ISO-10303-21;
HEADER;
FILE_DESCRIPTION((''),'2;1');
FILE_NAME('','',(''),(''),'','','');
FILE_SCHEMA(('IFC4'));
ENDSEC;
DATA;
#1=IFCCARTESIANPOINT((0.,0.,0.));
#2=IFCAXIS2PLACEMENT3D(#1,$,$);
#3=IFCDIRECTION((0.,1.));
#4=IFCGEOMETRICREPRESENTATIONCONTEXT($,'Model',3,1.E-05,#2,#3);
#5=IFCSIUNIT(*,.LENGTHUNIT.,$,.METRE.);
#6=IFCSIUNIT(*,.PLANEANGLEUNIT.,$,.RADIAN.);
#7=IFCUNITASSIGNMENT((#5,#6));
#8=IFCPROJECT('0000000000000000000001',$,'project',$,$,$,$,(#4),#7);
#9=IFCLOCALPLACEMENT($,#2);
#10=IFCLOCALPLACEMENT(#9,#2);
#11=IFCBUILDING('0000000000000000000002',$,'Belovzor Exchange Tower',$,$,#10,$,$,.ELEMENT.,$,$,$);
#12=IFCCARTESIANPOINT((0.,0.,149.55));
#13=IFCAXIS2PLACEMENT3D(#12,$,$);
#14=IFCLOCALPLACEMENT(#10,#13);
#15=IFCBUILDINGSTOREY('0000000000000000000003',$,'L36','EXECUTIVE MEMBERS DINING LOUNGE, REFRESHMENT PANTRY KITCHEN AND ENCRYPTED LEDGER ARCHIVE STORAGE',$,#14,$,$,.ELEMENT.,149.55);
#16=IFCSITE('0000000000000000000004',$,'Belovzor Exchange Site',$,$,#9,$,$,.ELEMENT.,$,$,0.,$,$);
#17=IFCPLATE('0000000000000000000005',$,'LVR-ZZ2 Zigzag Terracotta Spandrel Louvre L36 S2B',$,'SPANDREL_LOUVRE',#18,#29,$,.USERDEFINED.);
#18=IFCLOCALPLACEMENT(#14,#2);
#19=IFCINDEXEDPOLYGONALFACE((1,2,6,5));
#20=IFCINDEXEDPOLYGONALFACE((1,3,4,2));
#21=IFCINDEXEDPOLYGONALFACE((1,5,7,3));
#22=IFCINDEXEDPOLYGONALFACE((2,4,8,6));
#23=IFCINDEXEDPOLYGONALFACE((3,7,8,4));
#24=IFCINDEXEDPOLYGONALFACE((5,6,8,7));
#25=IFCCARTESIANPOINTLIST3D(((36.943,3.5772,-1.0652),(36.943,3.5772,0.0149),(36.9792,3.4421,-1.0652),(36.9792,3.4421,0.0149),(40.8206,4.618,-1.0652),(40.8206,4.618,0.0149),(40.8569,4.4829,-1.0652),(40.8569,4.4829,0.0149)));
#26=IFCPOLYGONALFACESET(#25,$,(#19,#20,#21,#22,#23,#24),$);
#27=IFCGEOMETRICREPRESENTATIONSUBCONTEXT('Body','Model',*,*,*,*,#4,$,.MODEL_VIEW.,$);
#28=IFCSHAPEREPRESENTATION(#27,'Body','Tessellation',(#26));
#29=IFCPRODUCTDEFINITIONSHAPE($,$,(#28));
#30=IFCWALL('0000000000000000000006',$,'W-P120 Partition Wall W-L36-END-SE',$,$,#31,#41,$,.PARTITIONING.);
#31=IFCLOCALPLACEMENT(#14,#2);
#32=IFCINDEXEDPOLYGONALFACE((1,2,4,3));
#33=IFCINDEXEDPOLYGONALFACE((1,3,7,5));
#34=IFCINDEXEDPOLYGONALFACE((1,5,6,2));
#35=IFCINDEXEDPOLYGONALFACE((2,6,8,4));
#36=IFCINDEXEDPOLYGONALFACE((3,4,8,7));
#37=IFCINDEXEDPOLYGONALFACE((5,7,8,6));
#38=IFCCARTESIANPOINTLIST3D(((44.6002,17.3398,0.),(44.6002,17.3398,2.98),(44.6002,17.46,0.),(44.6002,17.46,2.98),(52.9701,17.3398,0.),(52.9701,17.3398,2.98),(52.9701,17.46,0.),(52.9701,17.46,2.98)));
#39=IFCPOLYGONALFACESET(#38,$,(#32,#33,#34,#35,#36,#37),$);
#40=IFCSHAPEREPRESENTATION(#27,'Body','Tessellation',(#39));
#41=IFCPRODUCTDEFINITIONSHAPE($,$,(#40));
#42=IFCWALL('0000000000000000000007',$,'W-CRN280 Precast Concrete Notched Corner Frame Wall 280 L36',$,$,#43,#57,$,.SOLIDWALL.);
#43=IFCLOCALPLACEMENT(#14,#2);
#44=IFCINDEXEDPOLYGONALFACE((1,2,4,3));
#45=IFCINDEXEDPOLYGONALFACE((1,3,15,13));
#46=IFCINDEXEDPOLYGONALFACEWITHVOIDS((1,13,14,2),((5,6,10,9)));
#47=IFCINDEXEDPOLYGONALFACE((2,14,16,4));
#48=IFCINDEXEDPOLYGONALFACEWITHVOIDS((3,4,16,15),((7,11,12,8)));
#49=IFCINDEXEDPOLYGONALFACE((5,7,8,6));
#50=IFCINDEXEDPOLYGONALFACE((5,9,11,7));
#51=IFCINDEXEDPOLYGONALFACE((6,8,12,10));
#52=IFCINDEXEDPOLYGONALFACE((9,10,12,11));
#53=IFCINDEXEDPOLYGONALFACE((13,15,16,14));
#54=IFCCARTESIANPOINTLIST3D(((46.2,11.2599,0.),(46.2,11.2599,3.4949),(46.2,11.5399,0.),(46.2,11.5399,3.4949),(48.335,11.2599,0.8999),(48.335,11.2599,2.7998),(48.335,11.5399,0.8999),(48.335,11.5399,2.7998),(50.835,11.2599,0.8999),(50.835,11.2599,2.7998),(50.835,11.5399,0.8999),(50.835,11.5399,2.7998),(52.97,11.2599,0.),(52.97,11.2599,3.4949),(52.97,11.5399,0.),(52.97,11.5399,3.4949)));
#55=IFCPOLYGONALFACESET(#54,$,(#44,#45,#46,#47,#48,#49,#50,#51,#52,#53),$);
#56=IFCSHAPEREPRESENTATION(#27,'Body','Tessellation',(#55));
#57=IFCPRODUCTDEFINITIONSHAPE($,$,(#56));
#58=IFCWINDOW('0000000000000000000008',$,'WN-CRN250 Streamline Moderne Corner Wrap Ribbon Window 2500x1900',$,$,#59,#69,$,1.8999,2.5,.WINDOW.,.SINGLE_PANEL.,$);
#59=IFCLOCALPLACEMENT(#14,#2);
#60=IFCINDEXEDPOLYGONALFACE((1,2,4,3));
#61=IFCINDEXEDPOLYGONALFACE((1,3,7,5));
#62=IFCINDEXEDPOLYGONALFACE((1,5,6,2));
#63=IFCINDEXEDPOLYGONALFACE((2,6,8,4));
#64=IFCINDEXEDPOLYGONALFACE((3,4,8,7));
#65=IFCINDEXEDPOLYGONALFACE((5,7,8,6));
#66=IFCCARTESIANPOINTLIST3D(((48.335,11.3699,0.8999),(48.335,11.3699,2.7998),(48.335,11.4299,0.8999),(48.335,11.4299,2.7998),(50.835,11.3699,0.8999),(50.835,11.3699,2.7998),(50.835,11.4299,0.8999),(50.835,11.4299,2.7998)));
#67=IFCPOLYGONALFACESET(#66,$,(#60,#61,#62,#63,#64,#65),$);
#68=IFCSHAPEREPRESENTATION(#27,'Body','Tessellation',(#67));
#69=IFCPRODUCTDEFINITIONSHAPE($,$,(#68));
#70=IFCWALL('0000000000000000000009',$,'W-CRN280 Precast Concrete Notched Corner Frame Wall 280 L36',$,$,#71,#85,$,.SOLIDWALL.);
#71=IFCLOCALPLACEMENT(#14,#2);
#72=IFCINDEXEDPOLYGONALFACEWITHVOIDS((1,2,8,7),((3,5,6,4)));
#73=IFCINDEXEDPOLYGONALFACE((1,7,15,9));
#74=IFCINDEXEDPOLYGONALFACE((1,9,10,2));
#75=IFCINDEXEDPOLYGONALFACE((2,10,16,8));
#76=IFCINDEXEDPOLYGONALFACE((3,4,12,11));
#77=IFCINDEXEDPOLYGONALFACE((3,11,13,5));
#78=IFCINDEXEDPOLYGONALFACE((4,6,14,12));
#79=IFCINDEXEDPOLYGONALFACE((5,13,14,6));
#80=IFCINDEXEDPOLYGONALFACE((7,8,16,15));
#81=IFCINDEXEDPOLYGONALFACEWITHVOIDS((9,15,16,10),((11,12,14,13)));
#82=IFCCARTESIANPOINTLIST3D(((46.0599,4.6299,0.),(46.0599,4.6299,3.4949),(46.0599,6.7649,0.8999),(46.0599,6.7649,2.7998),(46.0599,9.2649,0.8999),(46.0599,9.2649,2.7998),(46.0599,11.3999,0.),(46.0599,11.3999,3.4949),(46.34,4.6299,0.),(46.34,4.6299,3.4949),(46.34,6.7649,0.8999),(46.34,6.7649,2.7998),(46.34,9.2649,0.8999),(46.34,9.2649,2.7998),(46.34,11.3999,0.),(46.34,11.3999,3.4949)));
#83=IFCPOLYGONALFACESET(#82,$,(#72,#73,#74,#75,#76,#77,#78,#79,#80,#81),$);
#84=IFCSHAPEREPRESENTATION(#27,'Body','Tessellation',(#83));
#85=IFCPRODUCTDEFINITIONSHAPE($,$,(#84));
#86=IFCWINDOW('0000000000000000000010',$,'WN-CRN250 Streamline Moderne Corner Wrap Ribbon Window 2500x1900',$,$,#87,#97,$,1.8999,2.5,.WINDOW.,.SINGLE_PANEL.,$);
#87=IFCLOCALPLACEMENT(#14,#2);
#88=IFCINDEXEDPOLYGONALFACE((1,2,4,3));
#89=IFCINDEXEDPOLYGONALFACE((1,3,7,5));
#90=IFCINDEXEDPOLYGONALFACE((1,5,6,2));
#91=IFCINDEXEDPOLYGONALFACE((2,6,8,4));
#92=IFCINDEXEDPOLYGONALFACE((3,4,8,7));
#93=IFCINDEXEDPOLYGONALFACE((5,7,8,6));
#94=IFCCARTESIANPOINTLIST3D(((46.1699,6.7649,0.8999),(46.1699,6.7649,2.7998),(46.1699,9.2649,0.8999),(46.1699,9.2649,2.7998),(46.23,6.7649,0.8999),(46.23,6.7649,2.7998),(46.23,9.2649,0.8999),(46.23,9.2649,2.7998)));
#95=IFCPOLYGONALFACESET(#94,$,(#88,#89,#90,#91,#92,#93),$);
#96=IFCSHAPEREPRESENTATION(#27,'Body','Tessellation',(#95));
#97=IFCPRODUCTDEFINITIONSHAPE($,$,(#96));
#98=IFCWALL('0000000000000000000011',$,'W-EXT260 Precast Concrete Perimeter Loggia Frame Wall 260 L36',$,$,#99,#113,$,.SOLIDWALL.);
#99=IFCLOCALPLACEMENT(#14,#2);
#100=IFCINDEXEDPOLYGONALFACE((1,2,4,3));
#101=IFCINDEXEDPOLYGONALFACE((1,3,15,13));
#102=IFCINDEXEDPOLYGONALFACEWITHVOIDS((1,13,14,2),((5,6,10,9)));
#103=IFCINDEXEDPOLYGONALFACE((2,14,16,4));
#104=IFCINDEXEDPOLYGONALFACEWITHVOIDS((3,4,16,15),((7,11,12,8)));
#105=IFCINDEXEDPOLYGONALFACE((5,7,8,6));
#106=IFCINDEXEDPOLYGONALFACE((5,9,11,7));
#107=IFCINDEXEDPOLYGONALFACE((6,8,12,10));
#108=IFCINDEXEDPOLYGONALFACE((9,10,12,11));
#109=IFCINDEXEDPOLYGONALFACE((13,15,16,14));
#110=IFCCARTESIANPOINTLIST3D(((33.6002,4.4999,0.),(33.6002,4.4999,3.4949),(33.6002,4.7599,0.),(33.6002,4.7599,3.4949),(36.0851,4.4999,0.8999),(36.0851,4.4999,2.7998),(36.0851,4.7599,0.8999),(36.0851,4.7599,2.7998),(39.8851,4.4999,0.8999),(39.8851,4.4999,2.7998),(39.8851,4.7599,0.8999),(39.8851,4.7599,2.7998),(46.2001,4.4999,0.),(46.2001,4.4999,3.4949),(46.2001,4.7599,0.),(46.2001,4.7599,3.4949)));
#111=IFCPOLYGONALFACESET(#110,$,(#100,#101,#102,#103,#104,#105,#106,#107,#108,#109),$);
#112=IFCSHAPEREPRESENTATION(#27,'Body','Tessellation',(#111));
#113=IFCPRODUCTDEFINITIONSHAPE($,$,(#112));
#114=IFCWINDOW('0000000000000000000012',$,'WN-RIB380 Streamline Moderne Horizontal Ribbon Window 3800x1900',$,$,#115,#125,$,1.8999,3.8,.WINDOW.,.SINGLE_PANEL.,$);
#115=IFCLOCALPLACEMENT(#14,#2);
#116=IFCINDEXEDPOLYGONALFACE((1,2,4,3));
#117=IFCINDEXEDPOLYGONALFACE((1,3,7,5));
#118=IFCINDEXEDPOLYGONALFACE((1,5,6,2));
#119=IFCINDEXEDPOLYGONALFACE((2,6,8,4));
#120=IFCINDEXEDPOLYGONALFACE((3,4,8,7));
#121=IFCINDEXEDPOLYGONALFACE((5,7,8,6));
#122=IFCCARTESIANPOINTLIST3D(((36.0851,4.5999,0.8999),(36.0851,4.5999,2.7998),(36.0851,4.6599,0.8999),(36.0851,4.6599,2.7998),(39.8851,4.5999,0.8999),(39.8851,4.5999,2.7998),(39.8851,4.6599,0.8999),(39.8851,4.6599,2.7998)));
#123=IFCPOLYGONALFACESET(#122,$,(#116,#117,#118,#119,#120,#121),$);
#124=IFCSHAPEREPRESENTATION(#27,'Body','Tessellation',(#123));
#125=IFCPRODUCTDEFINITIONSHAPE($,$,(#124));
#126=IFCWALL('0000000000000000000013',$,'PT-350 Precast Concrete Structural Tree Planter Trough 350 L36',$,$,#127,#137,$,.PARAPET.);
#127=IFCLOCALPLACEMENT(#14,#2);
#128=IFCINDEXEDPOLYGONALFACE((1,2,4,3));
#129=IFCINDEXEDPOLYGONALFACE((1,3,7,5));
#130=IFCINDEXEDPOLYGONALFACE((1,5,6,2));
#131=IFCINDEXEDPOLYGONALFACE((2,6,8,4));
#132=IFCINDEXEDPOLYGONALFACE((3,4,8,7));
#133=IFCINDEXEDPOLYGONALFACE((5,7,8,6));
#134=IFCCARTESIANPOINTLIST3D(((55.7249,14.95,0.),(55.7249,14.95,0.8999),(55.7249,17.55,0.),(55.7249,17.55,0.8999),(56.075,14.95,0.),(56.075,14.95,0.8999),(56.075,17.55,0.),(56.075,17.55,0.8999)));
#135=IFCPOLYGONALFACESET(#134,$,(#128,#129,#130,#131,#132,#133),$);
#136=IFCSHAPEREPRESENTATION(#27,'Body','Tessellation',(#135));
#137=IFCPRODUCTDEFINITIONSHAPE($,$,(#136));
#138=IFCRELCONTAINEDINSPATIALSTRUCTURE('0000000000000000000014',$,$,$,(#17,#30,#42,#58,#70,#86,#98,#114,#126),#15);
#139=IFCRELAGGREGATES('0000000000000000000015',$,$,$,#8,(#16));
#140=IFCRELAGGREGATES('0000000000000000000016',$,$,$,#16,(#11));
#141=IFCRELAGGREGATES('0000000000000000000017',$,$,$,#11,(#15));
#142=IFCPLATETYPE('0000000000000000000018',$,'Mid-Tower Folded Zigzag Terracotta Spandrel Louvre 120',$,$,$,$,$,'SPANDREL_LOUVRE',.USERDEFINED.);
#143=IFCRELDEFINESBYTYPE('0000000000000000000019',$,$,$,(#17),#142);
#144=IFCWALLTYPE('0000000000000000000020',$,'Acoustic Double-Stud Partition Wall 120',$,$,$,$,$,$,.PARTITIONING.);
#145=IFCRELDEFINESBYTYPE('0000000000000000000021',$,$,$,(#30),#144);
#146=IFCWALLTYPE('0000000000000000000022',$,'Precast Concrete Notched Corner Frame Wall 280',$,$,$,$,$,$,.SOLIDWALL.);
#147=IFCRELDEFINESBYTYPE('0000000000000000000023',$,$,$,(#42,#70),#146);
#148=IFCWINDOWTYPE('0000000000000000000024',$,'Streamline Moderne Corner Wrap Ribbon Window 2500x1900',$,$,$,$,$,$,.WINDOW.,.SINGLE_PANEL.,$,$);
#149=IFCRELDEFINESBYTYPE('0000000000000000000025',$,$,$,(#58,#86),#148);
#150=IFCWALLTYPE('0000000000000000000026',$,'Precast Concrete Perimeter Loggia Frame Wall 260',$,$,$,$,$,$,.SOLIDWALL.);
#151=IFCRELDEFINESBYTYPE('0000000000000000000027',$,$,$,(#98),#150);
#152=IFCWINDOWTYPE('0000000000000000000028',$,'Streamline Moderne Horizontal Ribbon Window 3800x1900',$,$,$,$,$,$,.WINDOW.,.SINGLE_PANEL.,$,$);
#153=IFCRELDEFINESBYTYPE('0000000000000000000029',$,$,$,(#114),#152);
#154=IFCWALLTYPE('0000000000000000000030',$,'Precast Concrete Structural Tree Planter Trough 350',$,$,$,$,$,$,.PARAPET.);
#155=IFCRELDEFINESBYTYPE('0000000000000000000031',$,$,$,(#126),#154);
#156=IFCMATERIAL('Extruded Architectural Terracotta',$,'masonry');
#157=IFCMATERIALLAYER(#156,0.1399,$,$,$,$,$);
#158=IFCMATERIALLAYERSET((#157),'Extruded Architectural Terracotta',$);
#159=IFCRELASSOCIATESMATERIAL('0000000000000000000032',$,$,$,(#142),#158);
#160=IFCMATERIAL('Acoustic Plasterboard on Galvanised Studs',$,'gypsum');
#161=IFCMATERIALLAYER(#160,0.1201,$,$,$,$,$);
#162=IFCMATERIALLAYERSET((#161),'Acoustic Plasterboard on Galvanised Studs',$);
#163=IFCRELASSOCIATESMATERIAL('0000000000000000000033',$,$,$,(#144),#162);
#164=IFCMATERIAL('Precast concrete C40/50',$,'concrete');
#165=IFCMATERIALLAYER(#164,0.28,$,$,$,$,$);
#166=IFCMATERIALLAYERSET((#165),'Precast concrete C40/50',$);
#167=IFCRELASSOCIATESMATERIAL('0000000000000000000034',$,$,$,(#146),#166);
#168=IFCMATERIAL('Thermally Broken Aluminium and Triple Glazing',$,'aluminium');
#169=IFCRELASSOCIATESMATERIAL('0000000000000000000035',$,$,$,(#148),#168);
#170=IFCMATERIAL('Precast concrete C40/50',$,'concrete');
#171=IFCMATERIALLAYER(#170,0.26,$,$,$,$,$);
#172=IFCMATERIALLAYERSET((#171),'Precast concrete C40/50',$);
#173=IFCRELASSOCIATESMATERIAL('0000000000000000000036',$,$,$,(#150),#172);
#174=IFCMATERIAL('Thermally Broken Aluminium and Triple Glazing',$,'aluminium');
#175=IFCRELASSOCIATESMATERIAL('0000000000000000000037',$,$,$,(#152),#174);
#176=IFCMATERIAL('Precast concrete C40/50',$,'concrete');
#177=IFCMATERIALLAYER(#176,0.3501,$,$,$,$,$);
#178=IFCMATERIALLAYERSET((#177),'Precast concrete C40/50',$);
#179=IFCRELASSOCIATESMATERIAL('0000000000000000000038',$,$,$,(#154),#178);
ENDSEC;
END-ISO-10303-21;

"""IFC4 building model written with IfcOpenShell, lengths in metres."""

from ifc_helpers import new_model, si_unit, direction, frame, frame_2d, origin, origin_2d, place, context, subcontext, project, spatial, rectangle, extrude, material, layer, layer_set, type_object, element, fill, save


model = new_model("IFC4")

# Units and contexts
model_context = context("Model", 3, precision=1e-05, world=origin(), true_north=direction((0.0, 1.0)))
body_context = subcontext(model_context, "Body", "Model", "MODEL_VIEW")
ifc_project = project(units=[si_unit("LENGTHUNIT", "METRE"), si_unit("PLANEANGLEUNIT", "RADIAN")], contexts=[model_context])

# Site, building, storey
site_placement = place(None, origin())
site = spatial("IfcSite", under=ifc_project, at=site_placement, Name="Belovzor Exchange Site", CompositionType="ELEMENT", RefElevation=0.0)
building_placement = place(site_placement, origin())
building = spatial("IfcBuilding", under=site, at=building_placement, Name="Belovzor Exchange Tower", CompositionType="ELEMENT")
storey_placement = place(building_placement, frame((0.0, 0.0, 149.55)))
storey = spatial("IfcBuildingStorey", under=building, at=storey_placement, Name="L36", Description="EXECUTIVE MEMBERS DINING LOUNGE, REFRESHMENT PANTRY KITCHEN AND ENCRYPTED LEDGER ARCHIVE STORAGE", CompositionType="ELEMENT", Elevation=149.55)

# Plate
ifc_material_1 = material(Name="Extruded Architectural Terracotta", Category="masonry")
ifc_layer_1 = layer(ifc_material_1, 0.1399)
ifc_layer_set_1 = layer_set([ifc_layer_1], Name="Extruded Architectural Terracotta")
plate_type = type_object("IfcPlateType", Name="Mid-Tower Folded Zigzag Terracotta Spandrel Louvre 120", ElementType="SPANDREL_LOUVRE", PredefinedType="USERDEFINED", material=ifc_layer_set_1)
plate_placement = place(storey_placement, frame((38.8999, 4.03, -1.0652), z_axis=(0.0, 0.0, 1.0), x_axis=(0.965813, 0.25924, 0.0)))
element("IfcPlate", 1, at=plate_placement, inside=storey, type_object=plate_type, Name="LVR-ZZ2 Zigzag Terracotta Spandrel Louvre L36 S2B", ObjectType="SPANDREL_LOUVRE", PredefinedType="USERDEFINED", context=body_context, shape_type="SweptSolid", body=[
    extrude(rectangle(XDim=4.0149, YDim=0.1399, at=origin_2d()), origin(), (0.0, 0.0, 1.0), 1.0801),
])

# Wall
ifc_material_2 = material(Name="Acoustic Plasterboard on Galvanised Studs", Category="gypsum")
ifc_layer_2 = layer(ifc_material_2, 0.1201)
ifc_layer_set_2 = layer_set([ifc_layer_2], Name="Acoustic Plasterboard on Galvanised Studs")
wall_type_1 = type_object("IfcWallType", Name="Acoustic Double-Stud Partition Wall 120", PredefinedType="PARTITIONING", material=ifc_layer_set_2)
wall_1_placement = place(storey_placement, frame((44.6001, 17.3999, 0.0), z_axis=(0.0, 0.0, 1.0), x_axis=(1.0, 0.0, 0.0)))
element("IfcWall", 2, at=wall_1_placement, inside=storey, type_object=wall_type_1, Name="W-P120 Partition Wall W-L36-END-SE", PredefinedType="PARTITIONING", context=body_context, shape_type="SweptSolid", body=[
    extrude(rectangle(XDim=8.3699, YDim=0.1201, at=frame_2d((4.1851, 0.0))), origin(), (0.0, 0.0, 1.0), 2.98),
])

# Walls, openings, windows
ifc_material_3 = material(Name="Precast concrete C40/50", Category="concrete")
ifc_layer_3 = layer(ifc_material_3, 0.28)
ifc_layer_set_3 = layer_set([ifc_layer_3], Name="Precast concrete C40/50")
wall_type_2 = type_object("IfcWallType", Name="Precast Concrete Notched Corner Frame Wall 280", PredefinedType="SOLIDWALL", material=ifc_layer_set_3)
wall_2_placement = place(storey_placement, frame((52.97, 11.3999, 0.0), z_axis=(0.0, 0.0, 1.0), x_axis=(-1.0, 0.0, 0.0)))
wall_2 = element("IfcWall", 3, at=wall_2_placement, inside=storey, type_object=wall_type_2, Name="W-CRN280 Precast Concrete Notched Corner Frame Wall 280 L36", PredefinedType="SOLIDWALL", context=body_context, shape_type="SweptSolid", body=[
    extrude(rectangle(XDim=6.77, YDim=0.28, at=frame_2d((3.385, 0.0))), origin(), (0.0, 0.0, 1.0), 3.4949),
])
opening_1_placement = place(wall_2_placement, frame((2.135, 0.0, 0.8999)))
opening_1 = element("IfcOpeningElement", 4, at=opening_1_placement, cuts=wall_2, PredefinedType="OPENING", context=body_context, shape_type="SweptSolid", body=[
    extrude(rectangle(XDim=2.5, YDim=1.8999, at=frame_2d((1.25, 0.95))), frame((0.0, 0.1499, 0.0), z_axis=(0.0, -1.0, 0.0), x_axis=(1.0, 0.0, 0.0)), (0.0, 0.0, 1.0), 0.3),
])
ifc_material_4 = material(Name="Thermally Broken Aluminium and Triple Glazing", Category="aluminium")
window_type_1 = type_object("IfcWindowType", Name="Streamline Moderne Corner Wrap Ribbon Window 2500x1900", PartitioningType="SINGLE_PANEL", PredefinedType="WINDOW", material=ifc_material_4)
window_1_placement = place(opening_1_placement, origin())
window_1 = element("IfcWindow", 5, at=window_1_placement, inside=storey, type_object=window_type_1, Name="WN-CRN250 Streamline Moderne Corner Wrap Ribbon Window 2500x1900", OverallHeight=1.8999, OverallWidth=2.5, PartitioningType="SINGLE_PANEL", PredefinedType="WINDOW", context=body_context, shape_type="SweptSolid", body=[
    extrude(rectangle(XDim=2.5, YDim=1.8999, at=frame_2d((1.25, 0.95))), frame((0.0, 0.03, 0.0), z_axis=(0.0, -1.0, 0.0), x_axis=(1.0, 0.0, 0.0)), (0.0, 0.0, 1.0), 0.0601),
])
fill(opening_1, window_1)
wall_3_placement = place(storey_placement, frame((46.2, 11.3999, 0.0), z_axis=(0.0, 0.0, 1.0), x_axis=(0.0, -1.0, 0.0)))
wall_3 = element("IfcWall", 6, at=wall_3_placement, inside=storey, type_object=wall_type_2, Name="W-CRN280 Precast Concrete Notched Corner Frame Wall 280 L36", PredefinedType="SOLIDWALL", context=body_context, shape_type="SweptSolid", body=[
    extrude(rectangle(XDim=6.77, YDim=0.28, at=frame_2d((3.385, 0.0))), origin(), (0.0, 0.0, 1.0), 3.4949),
])
opening_2_placement = place(wall_3_placement, frame((2.135, 0.0, 0.8999)))
opening_2 = element("IfcOpeningElement", 7, at=opening_2_placement, cuts=wall_3, PredefinedType="OPENING", context=body_context, shape_type="SweptSolid", body=[
    extrude(rectangle(XDim=2.5, YDim=1.8999, at=frame_2d((1.25, 0.95))), frame((0.0, 0.1499, 0.0), z_axis=(0.0, -1.0, 0.0), x_axis=(1.0, 0.0, 0.0)), (0.0, 0.0, 1.0), 0.3),
])
window_2_placement = place(opening_2_placement, origin())
window_2 = element("IfcWindow", 8, at=window_2_placement, inside=storey, type_object=window_type_1, Name="WN-CRN250 Streamline Moderne Corner Wrap Ribbon Window 2500x1900", OverallHeight=1.8999, OverallWidth=2.5, PartitioningType="SINGLE_PANEL", PredefinedType="WINDOW", context=body_context, shape_type="SweptSolid", body=[
    extrude(rectangle(XDim=2.5, YDim=1.8999, at=frame_2d((1.25, 0.95))), frame((0.0, 0.03, 0.0), z_axis=(0.0, -1.0, 0.0), x_axis=(1.0, 0.0, 0.0)), (0.0, 0.0, 1.0), 0.0601),
])
fill(opening_2, window_2)
ifc_material_5 = material(Name="Precast concrete C40/50", Category="concrete")
ifc_layer_4 = layer(ifc_material_5, 0.26)
ifc_layer_set_4 = layer_set([ifc_layer_4], Name="Precast concrete C40/50")
wall_type_3 = type_object("IfcWallType", Name="Precast Concrete Perimeter Loggia Frame Wall 260", PredefinedType="SOLIDWALL", material=ifc_layer_set_4)
wall_4_placement = place(storey_placement, frame((46.2, 4.6299, 0.0), z_axis=(0.0, 0.0, 1.0), x_axis=(-1.0, 0.0, 0.0)))
wall_4 = element("IfcWall", 9, at=wall_4_placement, inside=storey, type_object=wall_type_3, Name="W-EXT260 Precast Concrete Perimeter Loggia Frame Wall 260 L36", PredefinedType="SOLIDWALL", context=body_context, shape_type="SweptSolid", body=[
    extrude(rectangle(XDim=12.5999, YDim=0.26, at=frame_2d((6.2998, 0.0))), origin(), (0.0, 0.0, 1.0), 3.4949),
])
opening_3_placement = place(wall_4_placement, frame((6.3149, 0.0, 0.8999)))
opening_3 = element("IfcOpeningElement", 10, at=opening_3_placement, cuts=wall_4, PredefinedType="OPENING", context=body_context, shape_type="SweptSolid", body=[
    extrude(rectangle(XDim=3.8, YDim=1.8999, at=frame_2d((1.8999, 0.95))), frame((0.0, 0.1399, 0.0), z_axis=(0.0, -1.0, 0.0), x_axis=(1.0, 0.0, 0.0)), (0.0, 0.0, 1.0), 0.28),
])
ifc_material_6 = material(Name="Thermally Broken Aluminium and Triple Glazing", Category="aluminium")
window_type_2 = type_object("IfcWindowType", Name="Streamline Moderne Horizontal Ribbon Window 3800x1900", PartitioningType="SINGLE_PANEL", PredefinedType="WINDOW", material=ifc_material_6)
window_3_placement = place(opening_3_placement, origin())
window_3 = element("IfcWindow", 11, at=window_3_placement, inside=storey, type_object=window_type_2, Name="WN-RIB380 Streamline Moderne Horizontal Ribbon Window 3800x1900", OverallHeight=1.8999, OverallWidth=3.8, PartitioningType="SINGLE_PANEL", PredefinedType="WINDOW", context=body_context, shape_type="SweptSolid", body=[
    extrude(rectangle(XDim=3.8, YDim=1.8999, at=frame_2d((1.8999, 0.95))), frame((0.0, 0.03, 0.0), z_axis=(0.0, -1.0, 0.0), x_axis=(1.0, 0.0, 0.0)), (0.0, 0.0, 1.0), 0.0601),
])
fill(opening_3, window_3)

# Wall
ifc_material_7 = material(Name="Precast concrete C40/50", Category="concrete")
ifc_layer_5 = layer(ifc_material_7, 0.3501)
ifc_layer_set_5 = layer_set([ifc_layer_5], Name="Precast concrete C40/50")
wall_type_4 = type_object("IfcWallType", Name="Precast Concrete Structural Tree Planter Trough 350", PredefinedType="PARAPET", material=ifc_layer_set_5)
wall_5_placement = place(storey_placement, frame((55.8999, 14.95, 0.0), z_axis=(0.0, 0.0, 1.0), x_axis=(0.0, 1.0, 0.0)))
element("IfcWall", 12, at=wall_5_placement, inside=storey, type_object=wall_type_4, Name="PT-350 Precast Concrete Structural Tree Planter Trough 350 L36", PredefinedType="PARAPET", context=body_context, shape_type="SweptSolid", body=[
    extrude(rectangle(XDim=2.6001, YDim=0.3501, at=frame_2d((1.3, 0.0))), origin(), (0.0, 0.0, 1.0), 0.8999),
])

save(model, "model.ifc")
